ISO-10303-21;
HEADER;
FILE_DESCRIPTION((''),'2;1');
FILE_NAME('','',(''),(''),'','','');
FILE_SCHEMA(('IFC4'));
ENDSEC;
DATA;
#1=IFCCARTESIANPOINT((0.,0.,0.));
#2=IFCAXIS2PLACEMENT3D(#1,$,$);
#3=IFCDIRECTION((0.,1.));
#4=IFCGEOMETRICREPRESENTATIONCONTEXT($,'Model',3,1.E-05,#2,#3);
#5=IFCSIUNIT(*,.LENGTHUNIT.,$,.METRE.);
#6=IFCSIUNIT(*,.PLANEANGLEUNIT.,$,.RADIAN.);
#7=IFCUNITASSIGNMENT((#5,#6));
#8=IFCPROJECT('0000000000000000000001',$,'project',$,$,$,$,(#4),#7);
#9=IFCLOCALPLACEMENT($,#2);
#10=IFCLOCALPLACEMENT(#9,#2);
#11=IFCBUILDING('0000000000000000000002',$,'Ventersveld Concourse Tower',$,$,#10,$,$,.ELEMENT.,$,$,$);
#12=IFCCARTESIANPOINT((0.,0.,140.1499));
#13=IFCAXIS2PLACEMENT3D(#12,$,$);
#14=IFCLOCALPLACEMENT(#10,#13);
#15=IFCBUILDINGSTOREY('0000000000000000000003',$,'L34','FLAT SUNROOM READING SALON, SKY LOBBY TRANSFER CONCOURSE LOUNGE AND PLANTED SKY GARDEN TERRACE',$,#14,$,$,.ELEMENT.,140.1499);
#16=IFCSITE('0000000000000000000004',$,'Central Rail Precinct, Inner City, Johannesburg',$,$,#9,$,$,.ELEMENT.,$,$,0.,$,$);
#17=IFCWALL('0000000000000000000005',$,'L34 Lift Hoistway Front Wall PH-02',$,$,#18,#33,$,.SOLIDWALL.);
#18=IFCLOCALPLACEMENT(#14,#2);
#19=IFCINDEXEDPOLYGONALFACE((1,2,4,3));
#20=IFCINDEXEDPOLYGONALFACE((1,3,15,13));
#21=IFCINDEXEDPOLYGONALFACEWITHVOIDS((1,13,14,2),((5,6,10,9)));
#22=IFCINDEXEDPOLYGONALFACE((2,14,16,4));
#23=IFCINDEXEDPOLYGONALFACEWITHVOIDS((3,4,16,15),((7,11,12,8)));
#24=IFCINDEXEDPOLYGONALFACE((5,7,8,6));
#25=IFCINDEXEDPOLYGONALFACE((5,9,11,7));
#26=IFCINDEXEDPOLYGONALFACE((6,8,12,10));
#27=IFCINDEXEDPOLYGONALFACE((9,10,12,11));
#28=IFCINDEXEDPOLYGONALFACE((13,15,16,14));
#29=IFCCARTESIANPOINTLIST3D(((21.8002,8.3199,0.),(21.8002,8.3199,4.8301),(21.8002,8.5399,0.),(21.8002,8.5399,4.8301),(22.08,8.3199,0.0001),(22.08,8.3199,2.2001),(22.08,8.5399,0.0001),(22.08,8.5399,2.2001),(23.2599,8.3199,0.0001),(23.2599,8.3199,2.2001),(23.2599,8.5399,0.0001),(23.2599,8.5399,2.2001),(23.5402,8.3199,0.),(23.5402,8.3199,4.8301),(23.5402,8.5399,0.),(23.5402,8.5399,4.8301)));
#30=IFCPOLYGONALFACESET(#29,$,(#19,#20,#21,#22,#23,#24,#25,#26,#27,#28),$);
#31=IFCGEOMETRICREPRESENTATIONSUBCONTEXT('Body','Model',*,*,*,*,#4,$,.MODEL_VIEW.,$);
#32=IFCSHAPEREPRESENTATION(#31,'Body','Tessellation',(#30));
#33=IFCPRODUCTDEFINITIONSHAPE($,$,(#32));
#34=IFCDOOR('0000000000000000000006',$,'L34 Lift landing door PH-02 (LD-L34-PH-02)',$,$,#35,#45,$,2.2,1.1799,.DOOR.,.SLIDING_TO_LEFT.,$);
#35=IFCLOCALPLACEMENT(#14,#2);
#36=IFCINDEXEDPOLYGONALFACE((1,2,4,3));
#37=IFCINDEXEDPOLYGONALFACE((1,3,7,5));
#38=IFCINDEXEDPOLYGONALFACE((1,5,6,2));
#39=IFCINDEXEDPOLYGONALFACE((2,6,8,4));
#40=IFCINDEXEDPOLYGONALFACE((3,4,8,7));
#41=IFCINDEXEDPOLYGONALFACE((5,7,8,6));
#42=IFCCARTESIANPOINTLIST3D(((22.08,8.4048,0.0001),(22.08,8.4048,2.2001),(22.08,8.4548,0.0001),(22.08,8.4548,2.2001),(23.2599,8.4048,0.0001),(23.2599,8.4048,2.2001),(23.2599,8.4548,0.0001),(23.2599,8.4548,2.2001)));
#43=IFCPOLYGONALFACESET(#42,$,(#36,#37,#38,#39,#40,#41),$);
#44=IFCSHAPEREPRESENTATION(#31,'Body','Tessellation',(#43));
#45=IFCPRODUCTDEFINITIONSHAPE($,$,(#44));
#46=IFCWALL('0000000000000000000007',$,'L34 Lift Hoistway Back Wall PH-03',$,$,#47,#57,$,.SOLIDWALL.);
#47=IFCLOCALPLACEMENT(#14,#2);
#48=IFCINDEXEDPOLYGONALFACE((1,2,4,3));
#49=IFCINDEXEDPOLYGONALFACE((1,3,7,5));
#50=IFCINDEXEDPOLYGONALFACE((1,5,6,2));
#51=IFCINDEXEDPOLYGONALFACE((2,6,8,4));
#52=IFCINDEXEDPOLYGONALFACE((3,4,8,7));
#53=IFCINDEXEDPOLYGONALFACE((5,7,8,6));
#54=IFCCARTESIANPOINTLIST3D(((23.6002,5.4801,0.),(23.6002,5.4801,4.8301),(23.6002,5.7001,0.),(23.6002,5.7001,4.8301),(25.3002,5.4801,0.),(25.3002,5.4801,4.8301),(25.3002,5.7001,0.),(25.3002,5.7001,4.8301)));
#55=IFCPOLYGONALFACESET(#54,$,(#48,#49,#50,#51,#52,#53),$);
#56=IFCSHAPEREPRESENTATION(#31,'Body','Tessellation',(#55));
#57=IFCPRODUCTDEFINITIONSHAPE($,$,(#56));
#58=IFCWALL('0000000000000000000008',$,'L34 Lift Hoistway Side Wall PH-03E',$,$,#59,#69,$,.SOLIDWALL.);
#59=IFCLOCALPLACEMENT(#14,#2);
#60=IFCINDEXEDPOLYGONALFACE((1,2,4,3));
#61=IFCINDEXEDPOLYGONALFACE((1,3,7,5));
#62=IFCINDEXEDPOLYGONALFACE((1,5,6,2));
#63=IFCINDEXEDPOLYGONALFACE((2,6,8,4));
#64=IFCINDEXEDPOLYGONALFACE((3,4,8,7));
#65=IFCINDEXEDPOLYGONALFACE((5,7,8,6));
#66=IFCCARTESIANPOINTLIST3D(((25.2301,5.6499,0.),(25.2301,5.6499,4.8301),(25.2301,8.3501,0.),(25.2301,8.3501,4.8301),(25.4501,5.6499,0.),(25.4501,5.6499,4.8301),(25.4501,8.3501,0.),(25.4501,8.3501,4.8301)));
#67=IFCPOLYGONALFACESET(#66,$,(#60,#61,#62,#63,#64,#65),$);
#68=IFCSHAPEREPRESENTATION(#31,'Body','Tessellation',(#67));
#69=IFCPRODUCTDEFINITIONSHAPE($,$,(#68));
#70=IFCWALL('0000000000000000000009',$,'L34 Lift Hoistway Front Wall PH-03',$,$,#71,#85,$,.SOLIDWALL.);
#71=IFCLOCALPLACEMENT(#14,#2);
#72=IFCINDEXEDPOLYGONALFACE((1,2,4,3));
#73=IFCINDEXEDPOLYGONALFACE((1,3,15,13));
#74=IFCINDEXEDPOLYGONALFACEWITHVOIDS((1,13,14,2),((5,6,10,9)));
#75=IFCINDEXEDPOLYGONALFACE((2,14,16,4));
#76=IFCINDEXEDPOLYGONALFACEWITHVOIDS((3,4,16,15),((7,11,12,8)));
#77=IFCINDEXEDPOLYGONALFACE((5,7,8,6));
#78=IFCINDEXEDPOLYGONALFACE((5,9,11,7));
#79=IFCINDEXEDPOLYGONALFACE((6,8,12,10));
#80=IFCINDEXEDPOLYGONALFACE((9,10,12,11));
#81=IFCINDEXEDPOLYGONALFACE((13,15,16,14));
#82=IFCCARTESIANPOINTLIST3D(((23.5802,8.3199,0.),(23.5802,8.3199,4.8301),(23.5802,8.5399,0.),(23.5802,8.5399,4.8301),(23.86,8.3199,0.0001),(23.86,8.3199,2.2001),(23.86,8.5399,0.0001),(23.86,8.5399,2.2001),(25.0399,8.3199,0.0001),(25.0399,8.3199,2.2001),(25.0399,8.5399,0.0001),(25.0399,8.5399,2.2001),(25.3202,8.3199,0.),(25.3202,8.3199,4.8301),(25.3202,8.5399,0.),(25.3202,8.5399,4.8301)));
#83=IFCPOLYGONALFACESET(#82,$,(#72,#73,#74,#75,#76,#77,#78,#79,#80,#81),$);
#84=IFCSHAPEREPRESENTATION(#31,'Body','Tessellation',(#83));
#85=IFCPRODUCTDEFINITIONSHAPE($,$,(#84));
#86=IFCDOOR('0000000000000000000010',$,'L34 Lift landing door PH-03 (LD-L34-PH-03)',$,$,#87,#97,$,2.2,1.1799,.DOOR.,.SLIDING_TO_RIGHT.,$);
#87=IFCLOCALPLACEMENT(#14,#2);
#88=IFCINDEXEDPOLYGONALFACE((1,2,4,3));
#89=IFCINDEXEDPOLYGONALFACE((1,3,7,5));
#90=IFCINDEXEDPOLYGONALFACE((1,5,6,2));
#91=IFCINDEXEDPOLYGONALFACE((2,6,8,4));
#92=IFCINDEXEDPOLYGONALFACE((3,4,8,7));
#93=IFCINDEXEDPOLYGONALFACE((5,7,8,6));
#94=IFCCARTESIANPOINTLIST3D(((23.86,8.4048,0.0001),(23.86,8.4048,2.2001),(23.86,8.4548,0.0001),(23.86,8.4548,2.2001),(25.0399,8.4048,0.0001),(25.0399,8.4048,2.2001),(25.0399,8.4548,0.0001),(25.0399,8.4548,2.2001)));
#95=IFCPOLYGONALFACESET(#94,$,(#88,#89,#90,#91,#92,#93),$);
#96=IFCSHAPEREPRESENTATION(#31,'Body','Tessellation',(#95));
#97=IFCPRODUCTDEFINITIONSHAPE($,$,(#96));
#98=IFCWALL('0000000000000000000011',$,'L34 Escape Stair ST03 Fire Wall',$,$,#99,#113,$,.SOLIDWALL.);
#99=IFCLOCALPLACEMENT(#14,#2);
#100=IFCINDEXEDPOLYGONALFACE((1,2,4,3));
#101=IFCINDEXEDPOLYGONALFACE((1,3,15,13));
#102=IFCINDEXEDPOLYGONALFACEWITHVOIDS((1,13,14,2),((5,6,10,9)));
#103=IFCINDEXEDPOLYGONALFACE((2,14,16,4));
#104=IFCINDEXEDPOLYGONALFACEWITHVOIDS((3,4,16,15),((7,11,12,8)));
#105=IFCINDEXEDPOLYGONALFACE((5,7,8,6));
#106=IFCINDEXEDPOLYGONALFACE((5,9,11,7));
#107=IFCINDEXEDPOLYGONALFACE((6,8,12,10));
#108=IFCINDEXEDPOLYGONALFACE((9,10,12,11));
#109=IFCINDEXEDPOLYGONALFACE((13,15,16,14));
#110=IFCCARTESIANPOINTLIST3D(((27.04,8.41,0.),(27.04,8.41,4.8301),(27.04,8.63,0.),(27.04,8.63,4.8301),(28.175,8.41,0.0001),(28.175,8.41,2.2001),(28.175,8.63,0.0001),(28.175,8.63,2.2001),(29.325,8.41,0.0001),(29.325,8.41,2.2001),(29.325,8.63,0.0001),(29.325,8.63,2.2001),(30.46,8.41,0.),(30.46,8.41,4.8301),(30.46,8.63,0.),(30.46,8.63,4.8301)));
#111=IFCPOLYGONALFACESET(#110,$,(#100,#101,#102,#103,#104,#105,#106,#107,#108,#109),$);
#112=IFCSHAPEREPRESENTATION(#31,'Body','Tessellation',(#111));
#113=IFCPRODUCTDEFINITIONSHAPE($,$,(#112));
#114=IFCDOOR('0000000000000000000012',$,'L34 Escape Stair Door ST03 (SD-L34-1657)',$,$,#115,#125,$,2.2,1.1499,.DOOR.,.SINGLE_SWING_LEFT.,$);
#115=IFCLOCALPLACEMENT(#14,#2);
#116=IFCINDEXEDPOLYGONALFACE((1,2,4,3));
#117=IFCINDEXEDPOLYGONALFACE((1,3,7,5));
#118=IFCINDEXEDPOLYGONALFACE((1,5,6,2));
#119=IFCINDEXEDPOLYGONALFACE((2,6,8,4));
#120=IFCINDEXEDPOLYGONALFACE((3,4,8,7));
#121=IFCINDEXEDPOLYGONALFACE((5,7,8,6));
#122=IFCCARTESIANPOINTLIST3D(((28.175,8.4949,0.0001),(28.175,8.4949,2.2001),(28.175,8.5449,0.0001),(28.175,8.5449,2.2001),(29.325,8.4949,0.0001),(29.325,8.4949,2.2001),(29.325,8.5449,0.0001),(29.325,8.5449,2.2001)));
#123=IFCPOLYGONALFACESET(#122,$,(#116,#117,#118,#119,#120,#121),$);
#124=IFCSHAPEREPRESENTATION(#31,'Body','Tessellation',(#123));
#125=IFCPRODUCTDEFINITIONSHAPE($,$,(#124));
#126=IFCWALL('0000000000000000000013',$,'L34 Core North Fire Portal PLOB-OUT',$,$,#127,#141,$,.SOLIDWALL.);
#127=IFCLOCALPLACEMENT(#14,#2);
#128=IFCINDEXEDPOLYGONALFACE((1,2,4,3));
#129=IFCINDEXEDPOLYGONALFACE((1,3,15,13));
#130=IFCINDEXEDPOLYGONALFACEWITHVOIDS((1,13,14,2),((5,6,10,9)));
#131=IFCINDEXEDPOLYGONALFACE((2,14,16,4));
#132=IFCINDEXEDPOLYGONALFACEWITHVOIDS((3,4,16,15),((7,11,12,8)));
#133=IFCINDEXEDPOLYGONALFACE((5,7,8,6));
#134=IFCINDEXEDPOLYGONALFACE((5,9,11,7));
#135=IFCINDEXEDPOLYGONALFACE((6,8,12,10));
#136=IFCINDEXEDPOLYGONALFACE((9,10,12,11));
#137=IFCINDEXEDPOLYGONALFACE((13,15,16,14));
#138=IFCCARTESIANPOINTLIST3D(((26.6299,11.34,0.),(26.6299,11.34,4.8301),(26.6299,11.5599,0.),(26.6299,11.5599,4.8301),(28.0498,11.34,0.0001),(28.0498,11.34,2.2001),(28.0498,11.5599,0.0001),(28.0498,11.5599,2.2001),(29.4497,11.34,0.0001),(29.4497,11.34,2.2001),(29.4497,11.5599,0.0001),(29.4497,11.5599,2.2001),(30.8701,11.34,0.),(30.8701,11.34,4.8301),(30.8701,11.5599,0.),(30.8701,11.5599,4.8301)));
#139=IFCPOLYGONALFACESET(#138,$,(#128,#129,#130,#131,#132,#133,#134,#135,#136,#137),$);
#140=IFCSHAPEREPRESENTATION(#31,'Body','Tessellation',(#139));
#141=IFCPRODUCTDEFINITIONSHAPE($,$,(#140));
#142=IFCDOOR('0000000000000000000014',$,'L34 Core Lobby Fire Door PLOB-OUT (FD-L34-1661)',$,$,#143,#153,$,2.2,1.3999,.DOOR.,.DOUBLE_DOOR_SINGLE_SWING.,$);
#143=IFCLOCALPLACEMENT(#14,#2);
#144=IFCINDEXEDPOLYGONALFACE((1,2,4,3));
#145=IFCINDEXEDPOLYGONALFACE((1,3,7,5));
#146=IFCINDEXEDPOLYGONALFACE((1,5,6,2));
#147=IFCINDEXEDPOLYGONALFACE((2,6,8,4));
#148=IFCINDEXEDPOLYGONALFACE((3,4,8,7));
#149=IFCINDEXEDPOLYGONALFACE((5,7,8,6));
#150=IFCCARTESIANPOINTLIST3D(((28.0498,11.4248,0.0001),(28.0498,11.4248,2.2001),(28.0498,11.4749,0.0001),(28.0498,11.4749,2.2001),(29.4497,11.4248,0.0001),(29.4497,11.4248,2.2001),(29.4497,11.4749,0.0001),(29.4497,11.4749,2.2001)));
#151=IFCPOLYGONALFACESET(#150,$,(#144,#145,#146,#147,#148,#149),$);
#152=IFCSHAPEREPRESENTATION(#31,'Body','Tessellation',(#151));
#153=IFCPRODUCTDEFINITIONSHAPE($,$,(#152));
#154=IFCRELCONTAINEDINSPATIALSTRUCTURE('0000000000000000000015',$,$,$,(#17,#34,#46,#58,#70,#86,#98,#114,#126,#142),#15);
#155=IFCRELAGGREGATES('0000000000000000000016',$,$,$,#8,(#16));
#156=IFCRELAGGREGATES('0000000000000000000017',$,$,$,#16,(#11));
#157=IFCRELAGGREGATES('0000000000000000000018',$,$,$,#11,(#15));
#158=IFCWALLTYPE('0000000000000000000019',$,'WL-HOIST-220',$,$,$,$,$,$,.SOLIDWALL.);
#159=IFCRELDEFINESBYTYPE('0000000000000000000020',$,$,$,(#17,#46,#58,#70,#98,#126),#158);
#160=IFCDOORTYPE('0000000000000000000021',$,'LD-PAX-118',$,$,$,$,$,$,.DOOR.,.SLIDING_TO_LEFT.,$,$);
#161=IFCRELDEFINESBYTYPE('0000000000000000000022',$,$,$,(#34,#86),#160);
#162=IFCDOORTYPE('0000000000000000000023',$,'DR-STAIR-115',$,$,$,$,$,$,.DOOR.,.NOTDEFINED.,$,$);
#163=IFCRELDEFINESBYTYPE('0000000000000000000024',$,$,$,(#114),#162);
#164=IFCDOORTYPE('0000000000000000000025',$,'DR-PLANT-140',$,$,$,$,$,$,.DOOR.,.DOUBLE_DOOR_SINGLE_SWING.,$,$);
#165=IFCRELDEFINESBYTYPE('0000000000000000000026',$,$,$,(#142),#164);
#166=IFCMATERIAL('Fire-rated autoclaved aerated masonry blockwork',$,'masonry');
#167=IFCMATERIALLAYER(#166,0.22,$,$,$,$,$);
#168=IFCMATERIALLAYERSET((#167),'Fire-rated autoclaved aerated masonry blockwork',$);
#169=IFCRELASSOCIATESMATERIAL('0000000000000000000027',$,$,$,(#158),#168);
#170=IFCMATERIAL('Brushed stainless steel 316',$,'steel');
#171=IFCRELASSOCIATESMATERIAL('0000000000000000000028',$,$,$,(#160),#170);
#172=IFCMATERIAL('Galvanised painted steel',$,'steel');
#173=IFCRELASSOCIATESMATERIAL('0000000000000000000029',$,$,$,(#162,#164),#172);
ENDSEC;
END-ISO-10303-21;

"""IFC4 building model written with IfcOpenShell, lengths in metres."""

from ifc_helpers import new_model, si_unit, direction, frame, frame_2d, origin, place, context, subcontext, project, spatial, rectangle, extrude, material, layer, layer_set, type_object, element, fill, save


model = new_model("IFC4")

# Units and contexts
model_context = context("Model", 3, precision=1e-05, world=origin(), true_north=direction((0.0, 1.0)))
body_context = subcontext(model_context, "Body", "Model", "MODEL_VIEW")
ifc_project = project(units=[si_unit("LENGTHUNIT", "METRE"), si_unit("PLANEANGLEUNIT", "RADIAN")], contexts=[model_context])

# Site, building, storey
site_placement = place(None, origin())
site = spatial("IfcSite", under=ifc_project, at=site_placement, Name="Central Rail Precinct, Inner City, Johannesburg", CompositionType="ELEMENT", RefElevation=0.0)
building_placement = place(site_placement, origin())
building = spatial("IfcBuilding", under=site, at=building_placement, Name="Ventersveld Concourse Tower", CompositionType="ELEMENT")
storey_placement = place(building_placement, frame((0.0, 0.0, 140.1499)))
storey = spatial("IfcBuildingStorey", under=building, at=storey_placement, Name="L34", Description="FLAT SUNROOM READING SALON, SKY LOBBY TRANSFER CONCOURSE LOUNGE AND PLANTED SKY GARDEN TERRACE", CompositionType="ELEMENT", Elevation=140.1499)

# Shared definitions
ifc_material_1 = material(Name="Fire-rated autoclaved aerated masonry blockwork", Category="masonry")
ifc_material_2 = material(Name="Galvanised painted steel", Category="steel")

# Shared definitions
ifc_layer_1 = layer(ifc_material_1, 0.22)
ifc_layer_set_1 = layer_set([ifc_layer_1], Name="Fire-rated autoclaved aerated masonry blockwork")
wall_type_1 = type_object("IfcWallType", Name="WL-HOIST-220", PredefinedType="SOLIDWALL", material=ifc_layer_set_1)

# Wall, opening, door
wall_1_placement = place(storey_placement, frame((21.8, 8.4299, 0.0), z_axis=(0.0, 0.0, 1.0), x_axis=(1.0, 0.0, 0.0)))
wall_1 = element("IfcWall", 1, at=wall_1_placement, inside=storey, type_object=wall_type_1, Name="L34 Lift Hoistway Front Wall PH-02", PredefinedType="SOLIDWALL", context=body_context, shape_type="SweptSolid", body=[
    extrude(rectangle(XDim=1.74, YDim=0.22, at=frame_2d((0.8701, 0.0))), origin(), (0.0, 0.0, 1.0), 4.8301),
])
opening_1_placement = place(wall_1_placement, frame((0.28, 0.0, 0.0)))
opening_1 = element("IfcOpeningElement", 2, at=opening_1_placement, cuts=wall_1, PredefinedType="OPENING", context=body_context, shape_type="SweptSolid", body=[
    extrude(rectangle(XDim=1.1799, YDim=2.2, at=frame_2d((0.5898, 1.1001))), frame((0.0, 0.1201, 0.0), z_axis=(0.0, -1.0, 0.0), x_axis=(1.0, 0.0, 0.0)), (0.0, 0.0, 1.0), 0.24),
])
ifc_material_3 = material(Name="Brushed stainless steel 316", Category="steel")
door_type_1 = type_object("IfcDoorType", Name="LD-PAX-118", OperationType="SLIDING_TO_LEFT", PredefinedType="DOOR", material=ifc_material_3)
door_1_placement = place(opening_1_placement, origin())
door_1 = element("IfcDoor", 3, at=door_1_placement, inside=storey, type_object=door_type_1, Name="L34 Lift landing door PH-02 (LD-L34-PH-02)", OperationType="SLIDING_TO_LEFT", OverallHeight=2.2, OverallWidth=1.1799, PredefinedType="DOOR", context=body_context, shape_type="SweptSolid", body=[
    extrude(rectangle(XDim=1.1799, YDim=2.2, at=frame_2d((0.5898, 1.1001))), frame((0.0, 0.0249, 0.0), z_axis=(0.0, -1.0, 0.0), x_axis=(1.0, 0.0, 0.0)), (0.0, 0.0, 1.0), 0.05),
])
fill(opening_1, door_1)

# Walls
wall_2_placement = place(storey_placement, frame((23.6001, 5.5901, 0.0), z_axis=(0.0, 0.0, 1.0), x_axis=(1.0, 0.0, 0.0)))
element("IfcWall", 4, at=wall_2_placement, inside=storey, type_object=wall_type_1, Name="L34 Lift Hoistway Back Wall PH-03", PredefinedType="SOLIDWALL", context=body_context, shape_type="SweptSolid", body=[
    extrude(rectangle(XDim=1.7, YDim=0.22, at=frame_2d((0.8501, 0.0))), origin(), (0.0, 0.0, 1.0), 4.8301),
])
wall_3_placement = place(storey_placement, frame((25.3401, 5.6499, 0.0), z_axis=(0.0, 0.0, 1.0), x_axis=(0.0, 1.0, 0.0)))
element("IfcWall", 5, at=wall_3_placement, inside=storey, type_object=wall_type_1, Name="L34 Lift Hoistway Side Wall PH-03E", PredefinedType="SOLIDWALL", context=body_context, shape_type="SweptSolid", body=[
    extrude(rectangle(XDim=2.7002, YDim=0.22, at=frame_2d((1.3501, 0.0))), origin(), (0.0, 0.0, 1.0), 4.8301),
])

# Walls, openings, doors
wall_4_placement = place(storey_placement, frame((23.5801, 8.4299, 0.0), z_axis=(0.0, 0.0, 1.0), x_axis=(1.0, 0.0, 0.0)))
wall_4 = element("IfcWall", 6, at=wall_4_placement, inside=storey, type_object=wall_type_1, Name="L34 Lift Hoistway Front Wall PH-03", PredefinedType="SOLIDWALL", context=body_context, shape_type="SweptSolid", body=[
    extrude(rectangle(XDim=1.74, YDim=0.22, at=frame_2d((0.8701, 0.0))), origin(), (0.0, 0.0, 1.0), 4.8301),
])
opening_2_placement = place(wall_4_placement, frame((0.28, 0.0, 0.0)))
opening_2 = element("IfcOpeningElement", 7, at=opening_2_placement, cuts=wall_4, PredefinedType="OPENING", context=body_context, shape_type="SweptSolid", body=[
    extrude(rectangle(XDim=1.1799, YDim=2.2, at=frame_2d((0.5898, 1.1001))), frame((0.0, 0.1201, 0.0), z_axis=(0.0, -1.0, 0.0), x_axis=(1.0, 0.0, 0.0)), (0.0, 0.0, 1.0), 0.24),
])
door_2_placement = place(opening_2_placement, origin())
door_2 = element("IfcDoor", 8, at=door_2_placement, inside=storey, type_object=door_type_1, Name="L34 Lift landing door PH-03 (LD-L34-PH-03)", OperationType="SLIDING_TO_RIGHT", OverallHeight=2.2, OverallWidth=1.1799, PredefinedType="DOOR", context=body_context, shape_type="SweptSolid", body=[
    extrude(rectangle(XDim=1.1799, YDim=2.2, at=frame_2d((0.5898, 1.1001))), frame((0.0, 0.0249, 0.0), z_axis=(0.0, -1.0, 0.0), x_axis=(1.0, 0.0, 0.0)), (0.0, 0.0, 1.0), 0.05),
])
fill(opening_2, door_2)
wall_5_placement = place(storey_placement, frame((27.04, 8.52, 0.0), z_axis=(0.0, 0.0, 1.0), x_axis=(1.0, 0.0, 0.0)))
wall_5 = element("IfcWall", 9, at=wall_5_placement, inside=storey, type_object=wall_type_1, Name="L34 Escape Stair ST03 Fire Wall", PredefinedType="SOLIDWALL", context=body_context, shape_type="SweptSolid", body=[
    extrude(rectangle(XDim=3.4199, YDim=0.22, at=frame_2d((1.71, 0.0))), origin(), (0.0, 0.0, 1.0), 4.8301),
])
opening_3_placement = place(wall_5_placement, frame((1.135, 0.0, 0.0)))
opening_3 = element("IfcOpeningElement", 10, at=opening_3_placement, cuts=wall_5, PredefinedType="OPENING", context=body_context, shape_type="SweptSolid", body=[
    extrude(rectangle(XDim=1.1499, YDim=2.2, at=frame_2d((0.575, 1.1001))), frame((0.0, 0.1201, 0.0), z_axis=(0.0, -1.0, 0.0), x_axis=(1.0, 0.0, 0.0)), (0.0, 0.0, 1.0), 0.24),
])
door_type_2 = type_object("IfcDoorType", Name="DR-STAIR-115", OperationType="NOTDEFINED", PredefinedType="DOOR", material=ifc_material_2)
door_3_placement = place(opening_3_placement, origin())
door_3 = element("IfcDoor", 11, at=door_3_placement, inside=storey, type_object=door_type_2, Name="L34 Escape Stair Door ST03 (SD-L34-1657)", OperationType="SINGLE_SWING_LEFT", OverallHeight=2.2, OverallWidth=1.1499, PredefinedType="DOOR", context=body_context, shape_type="SweptSolid", body=[
    extrude(rectangle(XDim=1.1499, YDim=2.2, at=frame_2d((0.575, 1.1001))), frame((0.0, 0.0249, 0.0), z_axis=(0.0, -1.0, 0.0), x_axis=(1.0, 0.0, 0.0)), (0.0, 0.0, 1.0), 0.05),
])
fill(opening_3, door_3)
wall_6_placement = place(storey_placement, frame((26.6299, 11.45, 0.0), z_axis=(0.0, 0.0, 1.0), x_axis=(1.0, 0.0, 0.0)))
wall_6 = element("IfcWall", 12, at=wall_6_placement, inside=storey, type_object=wall_type_1, Name="L34 Core North Fire Portal PLOB-OUT", PredefinedType="SOLIDWALL", context=body_context, shape_type="SweptSolid", body=[
    extrude(rectangle(XDim=4.2402, YDim=0.22, at=frame_2d((2.1201, 0.0))), origin(), (0.0, 0.0, 1.0), 4.8301),
])
opening_4_placement = place(wall_6_placement, frame((1.4199, 0.0, 0.0)))
opening_4 = element("IfcOpeningElement", 13, at=opening_4_placement, cuts=wall_6, PredefinedType="OPENING", context=body_context, shape_type="SweptSolid", body=[
    extrude(rectangle(XDim=1.3999, YDim=2.2, at=frame_2d((0.7, 1.1001))), frame((0.0, 0.1201, 0.0), z_axis=(0.0, -1.0, 0.0), x_axis=(1.0, 0.0, 0.0)), (0.0, 0.0, 1.0), 0.24),
])
door_type_3 = type_object("IfcDoorType", Name="DR-PLANT-140", OperationType="DOUBLE_DOOR_SINGLE_SWING", PredefinedType="DOOR", material=ifc_material_2)
door_4_placement = place(opening_4_placement, origin())
door_4 = element("IfcDoor", 14, at=door_4_placement, inside=storey, type_object=door_type_3, Name="L34 Core Lobby Fire Door PLOB-OUT (FD-L34-1661)", OperationType="DOUBLE_DOOR_SINGLE_SWING", OverallHeight=2.2, OverallWidth=1.3999, PredefinedType="DOOR", context=body_context, shape_type="SweptSolid", body=[
    extrude(rectangle(XDim=1.3999, YDim=2.2, at=frame_2d((0.7, 1.1001))), frame((0.0, 0.0249, 0.0), z_axis=(0.0, -1.0, 0.0), x_axis=(1.0, 0.0, 0.0)), (0.0, 0.0, 1.0), 0.05),
])
fill(opening_4, door_4)

save(model, "model.ifc")
